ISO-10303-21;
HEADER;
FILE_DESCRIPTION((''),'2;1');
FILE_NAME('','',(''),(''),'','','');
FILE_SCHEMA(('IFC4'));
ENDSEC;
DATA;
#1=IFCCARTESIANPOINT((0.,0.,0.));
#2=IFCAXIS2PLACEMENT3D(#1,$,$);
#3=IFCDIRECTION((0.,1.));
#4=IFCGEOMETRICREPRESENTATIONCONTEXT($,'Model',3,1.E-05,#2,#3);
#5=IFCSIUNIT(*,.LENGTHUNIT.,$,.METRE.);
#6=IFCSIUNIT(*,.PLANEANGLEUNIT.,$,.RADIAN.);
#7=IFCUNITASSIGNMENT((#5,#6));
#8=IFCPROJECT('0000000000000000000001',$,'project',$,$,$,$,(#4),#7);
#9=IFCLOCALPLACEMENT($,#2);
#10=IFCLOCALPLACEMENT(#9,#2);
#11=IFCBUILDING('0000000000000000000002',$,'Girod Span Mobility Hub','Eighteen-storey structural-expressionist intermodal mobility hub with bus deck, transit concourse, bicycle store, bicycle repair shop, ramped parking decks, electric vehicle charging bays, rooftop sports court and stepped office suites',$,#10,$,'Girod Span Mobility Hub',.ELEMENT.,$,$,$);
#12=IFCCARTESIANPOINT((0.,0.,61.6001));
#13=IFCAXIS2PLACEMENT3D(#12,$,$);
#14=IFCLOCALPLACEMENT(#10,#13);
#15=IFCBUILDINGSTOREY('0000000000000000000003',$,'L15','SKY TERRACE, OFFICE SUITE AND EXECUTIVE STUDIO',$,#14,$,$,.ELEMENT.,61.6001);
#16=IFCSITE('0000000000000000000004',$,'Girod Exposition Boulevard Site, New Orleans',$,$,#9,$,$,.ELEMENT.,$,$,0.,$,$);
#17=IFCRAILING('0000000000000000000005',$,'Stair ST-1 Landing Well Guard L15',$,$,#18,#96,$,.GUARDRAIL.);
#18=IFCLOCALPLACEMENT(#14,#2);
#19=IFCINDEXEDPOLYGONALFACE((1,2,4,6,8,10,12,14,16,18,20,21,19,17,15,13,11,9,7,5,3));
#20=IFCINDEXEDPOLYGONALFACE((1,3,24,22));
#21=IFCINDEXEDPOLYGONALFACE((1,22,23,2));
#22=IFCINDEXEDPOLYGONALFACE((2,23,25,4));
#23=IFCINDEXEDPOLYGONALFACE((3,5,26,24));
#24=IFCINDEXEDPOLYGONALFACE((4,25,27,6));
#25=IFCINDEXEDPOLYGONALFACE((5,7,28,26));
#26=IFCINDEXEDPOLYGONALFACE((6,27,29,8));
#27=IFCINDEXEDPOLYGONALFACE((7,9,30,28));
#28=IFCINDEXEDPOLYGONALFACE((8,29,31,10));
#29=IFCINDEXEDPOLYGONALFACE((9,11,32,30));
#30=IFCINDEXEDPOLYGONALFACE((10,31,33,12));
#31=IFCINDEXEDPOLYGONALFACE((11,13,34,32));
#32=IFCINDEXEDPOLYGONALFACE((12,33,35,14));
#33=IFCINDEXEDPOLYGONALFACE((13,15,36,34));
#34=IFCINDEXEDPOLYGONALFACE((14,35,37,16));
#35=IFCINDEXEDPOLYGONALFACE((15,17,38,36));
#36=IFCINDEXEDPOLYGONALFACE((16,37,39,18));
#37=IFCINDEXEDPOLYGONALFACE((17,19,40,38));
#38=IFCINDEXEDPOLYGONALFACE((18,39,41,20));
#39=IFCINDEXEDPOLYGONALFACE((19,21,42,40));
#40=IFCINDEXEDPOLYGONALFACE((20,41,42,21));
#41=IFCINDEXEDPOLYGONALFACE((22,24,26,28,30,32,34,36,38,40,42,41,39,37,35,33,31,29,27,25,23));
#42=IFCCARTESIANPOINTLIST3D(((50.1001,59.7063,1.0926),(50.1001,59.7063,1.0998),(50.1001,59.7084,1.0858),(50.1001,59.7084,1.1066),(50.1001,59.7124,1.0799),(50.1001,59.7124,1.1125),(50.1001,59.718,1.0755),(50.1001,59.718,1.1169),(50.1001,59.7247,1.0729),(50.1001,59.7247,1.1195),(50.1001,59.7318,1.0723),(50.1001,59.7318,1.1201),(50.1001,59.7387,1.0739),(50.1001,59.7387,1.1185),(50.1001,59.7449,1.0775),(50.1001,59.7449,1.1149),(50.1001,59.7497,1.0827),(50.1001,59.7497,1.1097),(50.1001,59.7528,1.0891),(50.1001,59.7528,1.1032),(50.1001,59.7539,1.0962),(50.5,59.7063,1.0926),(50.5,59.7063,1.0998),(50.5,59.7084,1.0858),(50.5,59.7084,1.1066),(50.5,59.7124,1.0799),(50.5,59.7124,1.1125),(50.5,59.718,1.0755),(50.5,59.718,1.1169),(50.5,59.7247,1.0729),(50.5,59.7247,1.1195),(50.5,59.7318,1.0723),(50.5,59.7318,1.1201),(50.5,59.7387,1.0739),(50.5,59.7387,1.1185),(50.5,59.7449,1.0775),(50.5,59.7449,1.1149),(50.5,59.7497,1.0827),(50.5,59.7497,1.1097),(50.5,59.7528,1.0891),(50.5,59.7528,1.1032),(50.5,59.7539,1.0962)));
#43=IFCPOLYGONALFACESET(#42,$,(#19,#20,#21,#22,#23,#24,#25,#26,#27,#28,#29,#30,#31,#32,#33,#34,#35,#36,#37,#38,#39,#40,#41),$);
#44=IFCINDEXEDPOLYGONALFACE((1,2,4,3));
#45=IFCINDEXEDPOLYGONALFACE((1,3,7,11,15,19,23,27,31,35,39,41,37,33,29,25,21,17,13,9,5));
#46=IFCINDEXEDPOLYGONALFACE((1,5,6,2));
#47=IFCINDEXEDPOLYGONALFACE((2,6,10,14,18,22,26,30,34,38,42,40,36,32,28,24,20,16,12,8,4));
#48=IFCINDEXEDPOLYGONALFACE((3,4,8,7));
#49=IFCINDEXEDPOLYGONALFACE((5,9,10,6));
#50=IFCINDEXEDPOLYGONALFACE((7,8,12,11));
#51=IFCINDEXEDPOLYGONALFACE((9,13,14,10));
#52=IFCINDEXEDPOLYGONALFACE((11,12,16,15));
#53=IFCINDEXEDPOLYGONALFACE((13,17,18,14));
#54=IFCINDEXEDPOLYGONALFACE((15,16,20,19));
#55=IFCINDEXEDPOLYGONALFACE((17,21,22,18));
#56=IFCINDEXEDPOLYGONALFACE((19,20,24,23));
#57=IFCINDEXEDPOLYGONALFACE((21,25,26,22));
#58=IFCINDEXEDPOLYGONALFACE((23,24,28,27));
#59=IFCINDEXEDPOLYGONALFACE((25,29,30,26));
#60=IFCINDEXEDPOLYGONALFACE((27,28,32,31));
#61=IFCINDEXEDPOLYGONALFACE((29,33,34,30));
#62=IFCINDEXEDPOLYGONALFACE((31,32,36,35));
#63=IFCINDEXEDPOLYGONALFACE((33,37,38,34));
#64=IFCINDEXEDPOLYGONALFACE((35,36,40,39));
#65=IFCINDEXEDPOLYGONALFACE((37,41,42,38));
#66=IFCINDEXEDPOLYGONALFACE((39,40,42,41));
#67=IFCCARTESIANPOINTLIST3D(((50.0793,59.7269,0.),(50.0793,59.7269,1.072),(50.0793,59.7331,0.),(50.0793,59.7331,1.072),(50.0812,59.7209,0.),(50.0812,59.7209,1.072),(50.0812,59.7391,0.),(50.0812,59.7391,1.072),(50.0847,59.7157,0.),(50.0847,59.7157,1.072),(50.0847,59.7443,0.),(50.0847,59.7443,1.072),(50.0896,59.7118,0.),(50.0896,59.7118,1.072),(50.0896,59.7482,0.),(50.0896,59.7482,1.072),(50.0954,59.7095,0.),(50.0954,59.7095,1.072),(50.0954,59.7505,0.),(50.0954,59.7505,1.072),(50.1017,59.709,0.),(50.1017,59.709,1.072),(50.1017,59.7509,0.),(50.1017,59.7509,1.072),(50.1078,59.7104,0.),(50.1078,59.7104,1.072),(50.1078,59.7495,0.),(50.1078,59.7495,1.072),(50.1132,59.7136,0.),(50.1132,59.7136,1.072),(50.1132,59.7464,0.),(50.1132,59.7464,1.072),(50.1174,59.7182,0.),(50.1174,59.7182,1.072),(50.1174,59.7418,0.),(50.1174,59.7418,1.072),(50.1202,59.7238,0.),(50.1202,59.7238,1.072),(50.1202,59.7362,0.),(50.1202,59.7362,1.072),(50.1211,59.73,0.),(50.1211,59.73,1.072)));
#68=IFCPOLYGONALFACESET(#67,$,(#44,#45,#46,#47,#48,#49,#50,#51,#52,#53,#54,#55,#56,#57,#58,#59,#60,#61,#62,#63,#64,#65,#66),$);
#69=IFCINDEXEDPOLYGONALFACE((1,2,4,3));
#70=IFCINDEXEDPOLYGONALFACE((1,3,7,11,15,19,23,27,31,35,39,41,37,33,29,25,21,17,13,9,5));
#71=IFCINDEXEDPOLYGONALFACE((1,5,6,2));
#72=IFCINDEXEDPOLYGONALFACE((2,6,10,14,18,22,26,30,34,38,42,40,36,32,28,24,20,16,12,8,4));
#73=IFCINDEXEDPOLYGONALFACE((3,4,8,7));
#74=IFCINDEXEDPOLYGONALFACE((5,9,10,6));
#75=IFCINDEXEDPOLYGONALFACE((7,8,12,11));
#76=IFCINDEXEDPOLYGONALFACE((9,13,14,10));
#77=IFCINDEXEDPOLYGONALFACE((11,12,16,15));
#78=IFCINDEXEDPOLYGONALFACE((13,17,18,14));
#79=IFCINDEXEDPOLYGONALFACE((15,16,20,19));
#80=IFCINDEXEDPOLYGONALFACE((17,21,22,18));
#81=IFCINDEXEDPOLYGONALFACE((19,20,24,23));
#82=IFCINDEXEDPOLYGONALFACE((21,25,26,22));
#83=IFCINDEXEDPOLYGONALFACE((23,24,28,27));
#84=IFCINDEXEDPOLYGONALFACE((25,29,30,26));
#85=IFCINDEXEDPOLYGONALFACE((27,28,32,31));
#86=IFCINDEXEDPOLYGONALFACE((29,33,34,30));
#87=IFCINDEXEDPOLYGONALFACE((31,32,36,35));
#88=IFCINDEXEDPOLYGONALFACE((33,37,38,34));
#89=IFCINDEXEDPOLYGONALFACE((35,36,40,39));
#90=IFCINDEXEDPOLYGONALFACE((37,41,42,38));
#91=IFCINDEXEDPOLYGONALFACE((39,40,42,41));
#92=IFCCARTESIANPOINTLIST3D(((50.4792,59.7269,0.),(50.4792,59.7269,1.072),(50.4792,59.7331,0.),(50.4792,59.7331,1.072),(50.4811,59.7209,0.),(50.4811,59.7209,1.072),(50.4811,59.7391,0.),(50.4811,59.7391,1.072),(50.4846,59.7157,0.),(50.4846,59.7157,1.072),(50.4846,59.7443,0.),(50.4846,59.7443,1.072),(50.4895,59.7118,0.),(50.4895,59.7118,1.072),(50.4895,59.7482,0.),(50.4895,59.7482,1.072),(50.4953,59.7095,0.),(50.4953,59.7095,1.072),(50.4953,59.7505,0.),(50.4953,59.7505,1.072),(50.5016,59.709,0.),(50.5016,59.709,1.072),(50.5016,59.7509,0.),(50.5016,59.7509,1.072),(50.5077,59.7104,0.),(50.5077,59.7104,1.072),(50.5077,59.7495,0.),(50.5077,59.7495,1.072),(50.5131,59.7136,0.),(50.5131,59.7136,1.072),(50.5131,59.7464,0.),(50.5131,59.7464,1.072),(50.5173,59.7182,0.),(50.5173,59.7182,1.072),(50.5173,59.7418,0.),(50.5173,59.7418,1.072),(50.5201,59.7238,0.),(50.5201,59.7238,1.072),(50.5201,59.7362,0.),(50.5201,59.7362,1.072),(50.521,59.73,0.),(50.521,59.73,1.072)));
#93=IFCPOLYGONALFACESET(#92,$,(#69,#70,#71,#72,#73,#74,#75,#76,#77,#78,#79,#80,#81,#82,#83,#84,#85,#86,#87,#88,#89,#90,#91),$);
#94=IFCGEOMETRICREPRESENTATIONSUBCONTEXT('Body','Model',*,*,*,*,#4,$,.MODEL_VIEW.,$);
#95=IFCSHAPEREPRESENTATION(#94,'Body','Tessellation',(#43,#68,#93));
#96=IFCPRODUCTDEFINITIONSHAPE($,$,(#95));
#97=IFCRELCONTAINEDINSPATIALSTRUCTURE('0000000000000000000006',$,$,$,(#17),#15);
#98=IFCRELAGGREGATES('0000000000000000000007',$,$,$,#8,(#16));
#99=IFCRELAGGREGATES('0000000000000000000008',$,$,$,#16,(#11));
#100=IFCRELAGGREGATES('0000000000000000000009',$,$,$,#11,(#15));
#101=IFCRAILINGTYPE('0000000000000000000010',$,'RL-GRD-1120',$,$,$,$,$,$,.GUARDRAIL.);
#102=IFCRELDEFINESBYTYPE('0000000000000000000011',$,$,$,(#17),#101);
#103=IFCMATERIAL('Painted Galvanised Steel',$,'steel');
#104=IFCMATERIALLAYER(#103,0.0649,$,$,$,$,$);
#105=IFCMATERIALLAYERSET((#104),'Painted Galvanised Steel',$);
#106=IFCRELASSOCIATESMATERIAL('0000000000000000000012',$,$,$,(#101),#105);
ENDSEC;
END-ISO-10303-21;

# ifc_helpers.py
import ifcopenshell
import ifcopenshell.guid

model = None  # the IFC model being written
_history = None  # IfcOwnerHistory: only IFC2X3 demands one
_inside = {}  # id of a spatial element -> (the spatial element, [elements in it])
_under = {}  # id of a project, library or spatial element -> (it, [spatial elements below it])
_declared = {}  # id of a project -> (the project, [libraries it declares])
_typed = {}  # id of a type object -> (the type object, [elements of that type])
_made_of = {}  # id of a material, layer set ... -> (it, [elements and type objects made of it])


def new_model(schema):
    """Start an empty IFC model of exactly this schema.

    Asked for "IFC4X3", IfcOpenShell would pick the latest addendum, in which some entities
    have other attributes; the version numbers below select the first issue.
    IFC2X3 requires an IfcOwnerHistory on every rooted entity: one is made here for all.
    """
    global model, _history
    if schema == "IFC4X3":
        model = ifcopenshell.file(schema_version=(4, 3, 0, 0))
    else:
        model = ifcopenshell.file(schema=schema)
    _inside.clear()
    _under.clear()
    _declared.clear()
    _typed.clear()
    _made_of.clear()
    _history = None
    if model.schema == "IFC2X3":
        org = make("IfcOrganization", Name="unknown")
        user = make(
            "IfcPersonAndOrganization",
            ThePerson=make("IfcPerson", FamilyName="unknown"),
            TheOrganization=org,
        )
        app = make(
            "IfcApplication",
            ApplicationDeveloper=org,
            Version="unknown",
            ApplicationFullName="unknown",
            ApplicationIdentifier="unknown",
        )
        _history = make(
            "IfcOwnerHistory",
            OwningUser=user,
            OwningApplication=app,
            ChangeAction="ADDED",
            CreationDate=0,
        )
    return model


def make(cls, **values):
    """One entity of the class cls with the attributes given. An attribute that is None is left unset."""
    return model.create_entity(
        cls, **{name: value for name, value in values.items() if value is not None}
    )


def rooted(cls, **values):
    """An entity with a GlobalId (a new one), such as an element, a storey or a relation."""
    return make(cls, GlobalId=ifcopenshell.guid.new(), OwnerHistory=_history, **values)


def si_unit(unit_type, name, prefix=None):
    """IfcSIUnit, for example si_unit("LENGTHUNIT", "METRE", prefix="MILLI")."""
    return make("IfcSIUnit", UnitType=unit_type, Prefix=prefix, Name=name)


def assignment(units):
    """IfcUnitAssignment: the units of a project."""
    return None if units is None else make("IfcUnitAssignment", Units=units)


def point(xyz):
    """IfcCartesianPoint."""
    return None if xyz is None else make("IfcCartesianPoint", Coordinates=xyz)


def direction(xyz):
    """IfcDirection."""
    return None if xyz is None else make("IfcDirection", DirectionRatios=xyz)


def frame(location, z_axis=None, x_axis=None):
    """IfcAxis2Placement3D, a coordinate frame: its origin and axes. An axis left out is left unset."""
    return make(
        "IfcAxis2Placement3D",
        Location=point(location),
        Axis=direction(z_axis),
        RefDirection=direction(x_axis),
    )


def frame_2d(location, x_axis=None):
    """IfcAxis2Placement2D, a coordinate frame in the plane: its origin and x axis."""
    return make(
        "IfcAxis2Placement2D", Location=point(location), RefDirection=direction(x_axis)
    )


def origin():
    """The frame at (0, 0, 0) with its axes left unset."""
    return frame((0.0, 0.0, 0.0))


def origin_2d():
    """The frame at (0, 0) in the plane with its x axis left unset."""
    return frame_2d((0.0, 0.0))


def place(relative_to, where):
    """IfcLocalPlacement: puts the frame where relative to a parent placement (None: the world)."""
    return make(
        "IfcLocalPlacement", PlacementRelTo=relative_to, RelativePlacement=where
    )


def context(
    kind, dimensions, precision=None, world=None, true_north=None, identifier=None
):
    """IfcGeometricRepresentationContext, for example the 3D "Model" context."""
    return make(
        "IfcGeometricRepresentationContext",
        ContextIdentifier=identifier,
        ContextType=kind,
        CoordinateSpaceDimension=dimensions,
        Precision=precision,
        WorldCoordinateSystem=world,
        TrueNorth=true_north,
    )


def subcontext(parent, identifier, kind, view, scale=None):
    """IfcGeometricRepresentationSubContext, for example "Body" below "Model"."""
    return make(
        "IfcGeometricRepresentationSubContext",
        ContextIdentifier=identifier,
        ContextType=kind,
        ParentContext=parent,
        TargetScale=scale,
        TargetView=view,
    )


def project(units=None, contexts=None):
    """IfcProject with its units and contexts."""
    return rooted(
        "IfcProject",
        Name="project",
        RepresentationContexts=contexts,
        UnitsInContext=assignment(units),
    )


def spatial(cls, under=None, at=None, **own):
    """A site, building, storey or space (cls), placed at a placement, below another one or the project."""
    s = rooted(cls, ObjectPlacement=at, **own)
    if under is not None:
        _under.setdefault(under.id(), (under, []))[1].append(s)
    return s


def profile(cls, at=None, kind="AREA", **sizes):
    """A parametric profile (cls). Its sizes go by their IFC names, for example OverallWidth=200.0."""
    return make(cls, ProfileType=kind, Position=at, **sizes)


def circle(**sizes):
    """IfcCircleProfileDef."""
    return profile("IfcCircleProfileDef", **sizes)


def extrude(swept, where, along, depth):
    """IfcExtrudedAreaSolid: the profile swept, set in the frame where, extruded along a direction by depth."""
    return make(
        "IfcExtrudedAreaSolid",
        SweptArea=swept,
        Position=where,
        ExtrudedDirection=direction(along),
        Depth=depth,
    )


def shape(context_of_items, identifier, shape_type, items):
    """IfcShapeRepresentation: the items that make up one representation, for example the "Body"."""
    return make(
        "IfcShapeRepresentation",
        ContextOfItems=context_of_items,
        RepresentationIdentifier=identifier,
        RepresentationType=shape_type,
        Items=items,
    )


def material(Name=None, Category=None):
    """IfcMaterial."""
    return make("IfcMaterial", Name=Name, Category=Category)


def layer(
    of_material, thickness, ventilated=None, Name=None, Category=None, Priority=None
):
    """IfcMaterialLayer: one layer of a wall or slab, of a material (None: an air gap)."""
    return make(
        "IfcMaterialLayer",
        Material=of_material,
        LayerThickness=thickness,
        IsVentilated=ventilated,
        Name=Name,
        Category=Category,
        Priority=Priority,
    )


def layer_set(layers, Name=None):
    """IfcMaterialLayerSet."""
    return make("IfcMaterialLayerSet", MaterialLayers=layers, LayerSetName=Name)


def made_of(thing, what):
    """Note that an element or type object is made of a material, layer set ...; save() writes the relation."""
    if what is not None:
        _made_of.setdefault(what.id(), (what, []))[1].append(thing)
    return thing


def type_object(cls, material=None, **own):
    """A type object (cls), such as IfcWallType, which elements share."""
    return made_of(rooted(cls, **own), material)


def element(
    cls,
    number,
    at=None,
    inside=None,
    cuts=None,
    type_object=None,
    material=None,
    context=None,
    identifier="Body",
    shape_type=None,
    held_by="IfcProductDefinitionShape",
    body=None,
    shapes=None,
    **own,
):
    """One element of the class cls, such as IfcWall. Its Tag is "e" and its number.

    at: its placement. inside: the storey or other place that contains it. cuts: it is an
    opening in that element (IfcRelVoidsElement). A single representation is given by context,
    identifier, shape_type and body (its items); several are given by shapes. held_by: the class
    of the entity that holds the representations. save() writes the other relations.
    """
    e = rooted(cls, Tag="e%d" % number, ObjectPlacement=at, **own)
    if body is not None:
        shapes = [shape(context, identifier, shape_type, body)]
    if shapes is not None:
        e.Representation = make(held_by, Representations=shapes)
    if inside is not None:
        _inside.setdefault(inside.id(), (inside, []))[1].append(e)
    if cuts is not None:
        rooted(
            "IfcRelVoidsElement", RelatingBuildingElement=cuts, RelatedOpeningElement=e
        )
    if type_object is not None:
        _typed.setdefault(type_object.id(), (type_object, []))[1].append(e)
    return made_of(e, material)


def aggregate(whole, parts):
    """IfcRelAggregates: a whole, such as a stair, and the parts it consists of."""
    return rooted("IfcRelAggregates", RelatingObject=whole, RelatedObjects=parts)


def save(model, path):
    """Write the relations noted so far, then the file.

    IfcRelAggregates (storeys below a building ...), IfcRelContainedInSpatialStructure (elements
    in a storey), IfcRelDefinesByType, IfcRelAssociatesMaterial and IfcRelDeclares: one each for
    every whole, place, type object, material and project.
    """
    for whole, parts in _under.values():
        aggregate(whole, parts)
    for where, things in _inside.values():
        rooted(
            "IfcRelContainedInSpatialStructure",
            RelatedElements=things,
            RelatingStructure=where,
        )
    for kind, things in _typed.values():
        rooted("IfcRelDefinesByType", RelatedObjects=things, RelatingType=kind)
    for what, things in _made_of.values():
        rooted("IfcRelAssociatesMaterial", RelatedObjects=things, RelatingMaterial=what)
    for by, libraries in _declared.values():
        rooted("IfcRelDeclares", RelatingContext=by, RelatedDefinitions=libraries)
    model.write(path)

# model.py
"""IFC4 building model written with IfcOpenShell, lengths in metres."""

from ifc_helpers import new_model, si_unit, direction, frame, origin, origin_2d, place, context, subcontext, project, spatial, circle, extrude, material, layer, layer_set, type_object, element, save


model = new_model("IFC4")

# Units and contexts
model_context = context("Model", 3, precision=1e-05, world=origin(), true_north=direction((0.0, 1.0)))
body_context = subcontext(model_context, "Body", "Model", "MODEL_VIEW")
ifc_project = project(units=[si_unit("LENGTHUNIT", "METRE"), si_unit("PLANEANGLEUNIT", "RADIAN")], contexts=[model_context])

# Site, building, storey
site_placement = place(None, origin())
site = spatial("IfcSite", under=ifc_project, at=site_placement, Name="Girod Exposition Boulevard Site, New Orleans", CompositionType="ELEMENT", RefElevation=0.0)
building_placement = place(site_placement, origin())
building = spatial("IfcBuilding", under=site, at=building_placement, Name="Girod Span Mobility Hub", Description="Eighteen-storey structural-expressionist intermodal mobility hub with bus deck, transit concourse, bicycle store, bicycle repair shop, ramped parking decks, electric vehicle charging bays, rooftop sports court and stepped office suites", LongName="Girod Span Mobility Hub", CompositionType="ELEMENT")
storey_placement = place(building_placement, frame((0.0, 0.0, 61.6001)))
storey = spatial("IfcBuildingStorey", under=building, at=storey_placement, Name="L15", Description="SKY TERRACE, OFFICE SUITE AND EXECUTIVE STUDIO", CompositionType="ELEMENT", Elevation=61.6001)

# Railing
ifc_material_1 = material(Name="Painted Galvanised Steel", Category="steel")
ifc_layer_1 = layer(ifc_material_1, 0.0649)
ifc_layer_set_1 = layer_set([ifc_layer_1], Name="Painted Galvanised Steel")
railing_type_1 = type_object("IfcRailingType", Name="RL-GRD-1120", PredefinedType="GUARDRAIL", material=ifc_layer_set_1)
for number, where, name in (
    (1, (50.1001, 59.73, 0.0), "Stair ST-1 Landing Well Guard L15"),
):
    element("IfcRailing", number, at=place(storey_placement, frame(where)), inside=storey, type_object=railing_type_1, Name=name, PredefinedType="GUARDRAIL", context=body_context, shape_type="SweptSolid", body=[
        extrude(circle(Radius=0.0239, at=origin_2d()), frame((0.0, 0.0, 1.0962), z_axis=(1.0, 0.0, 0.0), x_axis=(0.0, 1.0, 0.0)), (0.0, 0.0, 1.0), 0.3999),
        extrude(circle(Radius=0.021, at=origin_2d()), origin(), (0.0, 0.0, 1.0), 1.072),
        extrude(circle(Radius=0.021, at=origin_2d()), frame((0.3999, 0.0, 0.0)), (0.0, 0.0, 1.0), 1.072),
    ])

save(model, "model.ifc")
